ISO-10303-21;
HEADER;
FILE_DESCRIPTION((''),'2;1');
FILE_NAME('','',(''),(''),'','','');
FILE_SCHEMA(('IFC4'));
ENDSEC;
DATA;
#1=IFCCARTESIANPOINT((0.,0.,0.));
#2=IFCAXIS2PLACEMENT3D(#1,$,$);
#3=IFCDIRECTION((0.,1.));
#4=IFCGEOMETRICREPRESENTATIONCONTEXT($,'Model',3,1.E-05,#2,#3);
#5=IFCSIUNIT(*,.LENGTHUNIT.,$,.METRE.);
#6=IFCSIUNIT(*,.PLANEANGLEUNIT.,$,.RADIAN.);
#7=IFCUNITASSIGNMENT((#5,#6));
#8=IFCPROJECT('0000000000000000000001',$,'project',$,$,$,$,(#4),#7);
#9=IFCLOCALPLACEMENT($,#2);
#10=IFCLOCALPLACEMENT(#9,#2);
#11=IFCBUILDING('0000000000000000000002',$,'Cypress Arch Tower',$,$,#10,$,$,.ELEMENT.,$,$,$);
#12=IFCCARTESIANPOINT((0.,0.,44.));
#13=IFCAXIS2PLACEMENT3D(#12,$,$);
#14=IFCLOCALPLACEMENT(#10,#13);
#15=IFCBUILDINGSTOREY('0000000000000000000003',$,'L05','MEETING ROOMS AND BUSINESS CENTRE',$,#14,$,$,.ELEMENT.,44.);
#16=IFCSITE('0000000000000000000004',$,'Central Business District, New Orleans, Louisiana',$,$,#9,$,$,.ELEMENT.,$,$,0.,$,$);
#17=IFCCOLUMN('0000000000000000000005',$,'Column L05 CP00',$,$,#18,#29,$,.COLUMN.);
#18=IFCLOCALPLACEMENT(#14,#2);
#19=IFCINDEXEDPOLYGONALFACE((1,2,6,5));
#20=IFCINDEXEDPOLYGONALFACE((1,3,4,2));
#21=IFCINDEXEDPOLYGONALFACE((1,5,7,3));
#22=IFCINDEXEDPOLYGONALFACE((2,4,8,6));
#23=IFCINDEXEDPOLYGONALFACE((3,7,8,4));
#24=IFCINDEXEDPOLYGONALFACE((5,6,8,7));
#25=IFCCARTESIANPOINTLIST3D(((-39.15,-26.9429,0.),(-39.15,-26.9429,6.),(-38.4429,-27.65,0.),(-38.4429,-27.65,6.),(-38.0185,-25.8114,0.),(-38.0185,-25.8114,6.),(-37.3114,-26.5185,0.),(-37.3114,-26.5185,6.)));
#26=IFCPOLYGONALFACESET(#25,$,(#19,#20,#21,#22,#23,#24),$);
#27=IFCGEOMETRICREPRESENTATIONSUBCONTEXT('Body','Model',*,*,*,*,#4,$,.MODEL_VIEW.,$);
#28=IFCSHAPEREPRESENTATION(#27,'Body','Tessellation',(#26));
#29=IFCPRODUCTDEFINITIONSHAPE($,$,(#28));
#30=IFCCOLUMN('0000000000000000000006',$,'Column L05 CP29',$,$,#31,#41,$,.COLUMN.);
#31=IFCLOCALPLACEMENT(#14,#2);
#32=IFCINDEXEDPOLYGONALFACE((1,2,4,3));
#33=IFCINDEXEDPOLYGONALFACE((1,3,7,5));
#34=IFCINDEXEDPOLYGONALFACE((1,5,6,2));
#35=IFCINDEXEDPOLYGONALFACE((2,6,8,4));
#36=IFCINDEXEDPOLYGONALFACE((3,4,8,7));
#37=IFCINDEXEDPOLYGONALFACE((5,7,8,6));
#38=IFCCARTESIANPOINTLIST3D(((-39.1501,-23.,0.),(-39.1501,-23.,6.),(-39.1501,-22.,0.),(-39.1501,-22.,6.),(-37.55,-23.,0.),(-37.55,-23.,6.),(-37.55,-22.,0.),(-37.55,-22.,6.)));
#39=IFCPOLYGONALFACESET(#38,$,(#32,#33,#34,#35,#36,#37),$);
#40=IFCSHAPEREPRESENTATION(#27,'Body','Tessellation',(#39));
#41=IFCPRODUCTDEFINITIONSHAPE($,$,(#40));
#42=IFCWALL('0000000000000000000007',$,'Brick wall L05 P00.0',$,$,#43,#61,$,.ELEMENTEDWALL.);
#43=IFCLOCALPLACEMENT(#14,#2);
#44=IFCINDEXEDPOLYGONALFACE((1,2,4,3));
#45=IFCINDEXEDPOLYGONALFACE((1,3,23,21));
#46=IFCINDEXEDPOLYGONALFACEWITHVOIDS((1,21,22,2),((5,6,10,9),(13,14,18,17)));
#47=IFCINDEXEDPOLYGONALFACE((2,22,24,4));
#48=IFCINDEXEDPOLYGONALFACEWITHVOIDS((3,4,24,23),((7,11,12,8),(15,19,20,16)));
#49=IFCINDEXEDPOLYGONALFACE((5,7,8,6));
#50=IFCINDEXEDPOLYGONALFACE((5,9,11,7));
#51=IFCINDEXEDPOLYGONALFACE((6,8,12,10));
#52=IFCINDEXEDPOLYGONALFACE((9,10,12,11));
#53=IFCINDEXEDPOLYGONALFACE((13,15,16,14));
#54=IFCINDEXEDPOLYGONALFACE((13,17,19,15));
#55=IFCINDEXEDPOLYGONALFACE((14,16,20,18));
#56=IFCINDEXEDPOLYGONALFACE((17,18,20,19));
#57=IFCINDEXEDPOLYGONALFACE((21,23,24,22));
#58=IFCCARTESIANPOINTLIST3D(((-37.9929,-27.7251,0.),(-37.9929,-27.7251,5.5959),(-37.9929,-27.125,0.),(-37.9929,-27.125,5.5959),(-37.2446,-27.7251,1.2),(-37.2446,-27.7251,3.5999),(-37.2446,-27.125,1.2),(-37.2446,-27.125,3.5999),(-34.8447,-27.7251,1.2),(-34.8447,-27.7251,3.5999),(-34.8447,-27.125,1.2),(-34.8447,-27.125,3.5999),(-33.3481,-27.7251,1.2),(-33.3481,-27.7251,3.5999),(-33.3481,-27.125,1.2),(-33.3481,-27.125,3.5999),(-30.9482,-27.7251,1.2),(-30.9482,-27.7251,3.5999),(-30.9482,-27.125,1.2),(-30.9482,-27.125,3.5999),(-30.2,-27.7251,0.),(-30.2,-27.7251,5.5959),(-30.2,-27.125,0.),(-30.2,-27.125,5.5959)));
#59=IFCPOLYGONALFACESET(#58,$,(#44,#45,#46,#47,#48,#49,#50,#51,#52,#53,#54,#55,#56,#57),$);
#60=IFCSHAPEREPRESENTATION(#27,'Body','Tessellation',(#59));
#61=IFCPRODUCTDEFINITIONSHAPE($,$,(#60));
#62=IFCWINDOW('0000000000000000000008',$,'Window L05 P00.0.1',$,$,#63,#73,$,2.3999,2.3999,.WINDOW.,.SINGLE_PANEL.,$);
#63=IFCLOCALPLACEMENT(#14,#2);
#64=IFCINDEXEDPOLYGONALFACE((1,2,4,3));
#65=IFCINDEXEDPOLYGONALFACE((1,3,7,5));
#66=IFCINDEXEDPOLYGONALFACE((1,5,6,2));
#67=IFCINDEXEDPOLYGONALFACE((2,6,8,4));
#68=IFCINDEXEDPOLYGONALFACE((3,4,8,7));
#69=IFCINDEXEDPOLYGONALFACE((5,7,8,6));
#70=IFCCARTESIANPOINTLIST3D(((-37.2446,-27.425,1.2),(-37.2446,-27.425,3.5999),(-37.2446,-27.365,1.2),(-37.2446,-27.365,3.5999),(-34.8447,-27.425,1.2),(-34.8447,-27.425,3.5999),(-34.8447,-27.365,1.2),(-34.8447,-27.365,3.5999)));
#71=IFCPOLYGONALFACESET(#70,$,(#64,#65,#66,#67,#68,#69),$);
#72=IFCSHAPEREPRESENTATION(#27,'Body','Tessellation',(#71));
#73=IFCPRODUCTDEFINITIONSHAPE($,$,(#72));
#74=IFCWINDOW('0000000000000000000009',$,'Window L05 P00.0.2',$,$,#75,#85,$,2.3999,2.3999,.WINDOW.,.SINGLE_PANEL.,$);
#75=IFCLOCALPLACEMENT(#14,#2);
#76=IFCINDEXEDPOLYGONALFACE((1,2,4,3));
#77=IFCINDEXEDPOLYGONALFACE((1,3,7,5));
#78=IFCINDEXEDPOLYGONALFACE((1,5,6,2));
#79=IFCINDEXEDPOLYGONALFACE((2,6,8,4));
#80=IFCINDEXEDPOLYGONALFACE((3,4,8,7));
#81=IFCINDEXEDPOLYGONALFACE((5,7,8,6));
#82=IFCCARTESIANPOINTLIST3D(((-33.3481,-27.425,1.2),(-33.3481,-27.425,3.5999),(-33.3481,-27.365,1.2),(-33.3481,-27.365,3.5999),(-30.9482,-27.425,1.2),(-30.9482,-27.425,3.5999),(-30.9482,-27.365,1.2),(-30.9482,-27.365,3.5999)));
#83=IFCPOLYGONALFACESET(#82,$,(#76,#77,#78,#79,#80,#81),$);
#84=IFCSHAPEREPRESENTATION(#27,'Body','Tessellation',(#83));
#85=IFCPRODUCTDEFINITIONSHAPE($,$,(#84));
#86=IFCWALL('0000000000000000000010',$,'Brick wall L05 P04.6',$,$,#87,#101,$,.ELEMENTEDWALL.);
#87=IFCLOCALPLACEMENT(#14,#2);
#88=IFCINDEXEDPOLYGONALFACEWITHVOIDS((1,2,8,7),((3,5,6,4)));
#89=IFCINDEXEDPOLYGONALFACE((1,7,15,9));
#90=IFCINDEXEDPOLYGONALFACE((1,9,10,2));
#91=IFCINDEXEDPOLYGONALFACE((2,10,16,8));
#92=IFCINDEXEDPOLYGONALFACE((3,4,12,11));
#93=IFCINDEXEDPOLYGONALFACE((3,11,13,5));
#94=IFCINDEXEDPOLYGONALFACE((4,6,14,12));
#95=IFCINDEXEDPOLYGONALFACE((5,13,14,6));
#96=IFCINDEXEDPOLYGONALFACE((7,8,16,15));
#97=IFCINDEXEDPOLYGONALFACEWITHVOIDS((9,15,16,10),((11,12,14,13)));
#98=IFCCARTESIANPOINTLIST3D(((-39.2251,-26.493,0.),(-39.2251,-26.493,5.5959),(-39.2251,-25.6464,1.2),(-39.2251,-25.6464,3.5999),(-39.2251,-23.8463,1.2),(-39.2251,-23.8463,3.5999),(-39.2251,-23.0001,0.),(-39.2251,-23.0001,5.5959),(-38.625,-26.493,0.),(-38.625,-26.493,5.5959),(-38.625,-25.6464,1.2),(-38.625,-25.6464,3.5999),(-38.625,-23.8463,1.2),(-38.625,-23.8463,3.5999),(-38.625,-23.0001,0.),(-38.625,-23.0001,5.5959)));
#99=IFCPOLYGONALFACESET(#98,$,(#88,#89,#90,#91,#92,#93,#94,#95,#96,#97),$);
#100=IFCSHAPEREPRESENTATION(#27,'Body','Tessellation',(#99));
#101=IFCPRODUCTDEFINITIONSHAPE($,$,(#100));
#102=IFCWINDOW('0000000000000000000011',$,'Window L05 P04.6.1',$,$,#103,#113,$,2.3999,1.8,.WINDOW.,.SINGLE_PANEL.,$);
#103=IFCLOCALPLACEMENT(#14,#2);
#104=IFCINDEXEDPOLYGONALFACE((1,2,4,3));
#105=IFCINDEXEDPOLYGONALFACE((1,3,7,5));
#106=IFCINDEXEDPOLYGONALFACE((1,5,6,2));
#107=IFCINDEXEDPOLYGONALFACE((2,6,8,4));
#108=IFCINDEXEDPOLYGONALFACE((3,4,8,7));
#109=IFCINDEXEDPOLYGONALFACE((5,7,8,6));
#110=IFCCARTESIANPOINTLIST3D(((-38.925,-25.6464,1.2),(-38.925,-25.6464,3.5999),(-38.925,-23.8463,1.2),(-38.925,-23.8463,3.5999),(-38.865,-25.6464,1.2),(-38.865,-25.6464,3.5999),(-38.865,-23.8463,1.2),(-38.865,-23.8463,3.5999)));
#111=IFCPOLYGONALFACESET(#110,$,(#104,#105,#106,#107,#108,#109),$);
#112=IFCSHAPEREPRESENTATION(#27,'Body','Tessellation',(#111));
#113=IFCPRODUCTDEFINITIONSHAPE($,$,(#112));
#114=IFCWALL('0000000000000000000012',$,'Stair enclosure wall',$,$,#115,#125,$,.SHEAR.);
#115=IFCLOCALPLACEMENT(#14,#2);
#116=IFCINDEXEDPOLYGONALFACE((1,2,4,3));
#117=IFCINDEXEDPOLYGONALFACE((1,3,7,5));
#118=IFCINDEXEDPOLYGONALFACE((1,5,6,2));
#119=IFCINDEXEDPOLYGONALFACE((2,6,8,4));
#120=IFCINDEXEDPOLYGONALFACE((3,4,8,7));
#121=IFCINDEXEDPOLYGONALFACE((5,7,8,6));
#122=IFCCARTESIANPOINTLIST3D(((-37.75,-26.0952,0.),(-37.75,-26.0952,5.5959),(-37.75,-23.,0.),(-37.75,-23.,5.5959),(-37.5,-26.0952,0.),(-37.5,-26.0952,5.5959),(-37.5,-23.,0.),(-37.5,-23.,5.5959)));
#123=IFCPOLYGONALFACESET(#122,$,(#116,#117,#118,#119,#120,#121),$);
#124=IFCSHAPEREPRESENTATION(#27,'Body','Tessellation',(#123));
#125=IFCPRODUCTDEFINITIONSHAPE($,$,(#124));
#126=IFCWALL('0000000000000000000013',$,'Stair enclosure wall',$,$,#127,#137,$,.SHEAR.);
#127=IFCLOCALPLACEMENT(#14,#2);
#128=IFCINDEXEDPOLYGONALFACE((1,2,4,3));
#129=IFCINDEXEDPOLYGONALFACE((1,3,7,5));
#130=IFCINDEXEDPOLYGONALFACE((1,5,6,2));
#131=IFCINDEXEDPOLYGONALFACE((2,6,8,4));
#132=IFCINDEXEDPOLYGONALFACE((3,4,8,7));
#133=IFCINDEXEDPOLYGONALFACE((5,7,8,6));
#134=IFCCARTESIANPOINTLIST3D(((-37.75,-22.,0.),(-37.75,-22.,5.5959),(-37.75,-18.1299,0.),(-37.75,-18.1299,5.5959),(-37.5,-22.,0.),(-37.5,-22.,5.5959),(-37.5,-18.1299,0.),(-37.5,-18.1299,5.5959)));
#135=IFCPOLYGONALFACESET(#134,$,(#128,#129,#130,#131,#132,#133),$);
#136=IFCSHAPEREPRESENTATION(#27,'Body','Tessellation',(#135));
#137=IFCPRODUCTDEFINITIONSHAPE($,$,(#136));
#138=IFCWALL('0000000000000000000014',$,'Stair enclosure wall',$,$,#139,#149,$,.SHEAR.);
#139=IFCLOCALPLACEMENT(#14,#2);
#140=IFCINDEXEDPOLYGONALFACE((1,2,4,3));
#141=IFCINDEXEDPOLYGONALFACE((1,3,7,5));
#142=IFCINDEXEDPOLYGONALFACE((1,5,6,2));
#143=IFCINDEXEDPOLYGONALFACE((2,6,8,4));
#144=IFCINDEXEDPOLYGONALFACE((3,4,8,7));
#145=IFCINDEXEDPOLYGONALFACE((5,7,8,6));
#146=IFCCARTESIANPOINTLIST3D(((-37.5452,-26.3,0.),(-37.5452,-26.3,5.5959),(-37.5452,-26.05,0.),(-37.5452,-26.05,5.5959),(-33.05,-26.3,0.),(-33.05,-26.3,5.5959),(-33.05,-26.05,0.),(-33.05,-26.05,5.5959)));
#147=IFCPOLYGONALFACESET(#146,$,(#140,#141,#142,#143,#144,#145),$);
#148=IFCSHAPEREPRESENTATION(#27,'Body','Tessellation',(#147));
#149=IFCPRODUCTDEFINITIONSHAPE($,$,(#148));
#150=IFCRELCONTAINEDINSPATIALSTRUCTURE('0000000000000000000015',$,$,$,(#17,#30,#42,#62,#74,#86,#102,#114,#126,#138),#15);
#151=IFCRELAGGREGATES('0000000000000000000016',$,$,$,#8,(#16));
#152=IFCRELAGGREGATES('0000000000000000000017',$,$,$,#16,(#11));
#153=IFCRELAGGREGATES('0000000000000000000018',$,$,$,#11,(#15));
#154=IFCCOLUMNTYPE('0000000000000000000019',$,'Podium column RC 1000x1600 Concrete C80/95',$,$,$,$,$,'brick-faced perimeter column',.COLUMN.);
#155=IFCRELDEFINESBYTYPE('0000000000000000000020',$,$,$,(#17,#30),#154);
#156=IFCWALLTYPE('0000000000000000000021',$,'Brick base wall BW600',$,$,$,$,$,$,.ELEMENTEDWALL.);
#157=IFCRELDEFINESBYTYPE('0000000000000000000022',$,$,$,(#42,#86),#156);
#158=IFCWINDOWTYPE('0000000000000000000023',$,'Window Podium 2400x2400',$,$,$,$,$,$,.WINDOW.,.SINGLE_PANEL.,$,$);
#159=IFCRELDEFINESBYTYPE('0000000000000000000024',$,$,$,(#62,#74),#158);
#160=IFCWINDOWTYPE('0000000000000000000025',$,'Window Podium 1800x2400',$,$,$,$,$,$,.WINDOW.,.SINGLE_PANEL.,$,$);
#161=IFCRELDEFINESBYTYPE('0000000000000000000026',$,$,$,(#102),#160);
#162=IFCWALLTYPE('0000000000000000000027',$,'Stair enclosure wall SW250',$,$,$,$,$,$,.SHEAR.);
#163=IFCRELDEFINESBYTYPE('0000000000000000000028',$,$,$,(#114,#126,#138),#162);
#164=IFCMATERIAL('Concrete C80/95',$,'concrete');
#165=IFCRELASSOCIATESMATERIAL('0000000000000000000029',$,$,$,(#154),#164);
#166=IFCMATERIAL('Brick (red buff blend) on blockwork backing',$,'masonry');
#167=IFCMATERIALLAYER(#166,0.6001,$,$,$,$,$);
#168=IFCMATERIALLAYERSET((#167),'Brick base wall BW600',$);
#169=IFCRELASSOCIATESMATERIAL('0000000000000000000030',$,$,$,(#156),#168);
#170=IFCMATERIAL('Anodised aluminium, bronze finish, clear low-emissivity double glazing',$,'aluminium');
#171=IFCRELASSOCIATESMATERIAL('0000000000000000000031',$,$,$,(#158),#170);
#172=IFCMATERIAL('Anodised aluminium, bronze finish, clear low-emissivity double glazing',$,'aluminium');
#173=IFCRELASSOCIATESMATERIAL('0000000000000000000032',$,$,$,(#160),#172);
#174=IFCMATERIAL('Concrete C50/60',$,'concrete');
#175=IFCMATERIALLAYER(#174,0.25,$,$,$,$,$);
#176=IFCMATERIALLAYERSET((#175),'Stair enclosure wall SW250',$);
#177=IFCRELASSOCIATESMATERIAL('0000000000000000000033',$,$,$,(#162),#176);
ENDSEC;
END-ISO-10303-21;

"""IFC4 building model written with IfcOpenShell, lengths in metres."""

from ifc_helpers import new_model, si_unit, direction, frame, frame_2d, origin, origin_2d, place, context, subcontext, project, spatial, rectangle, extrude, material, layer, layer_set, material_profile, profile_set, type_object, element, fill, save


model = new_model("IFC4")

# Units and contexts
model_context = context("Model", 3, precision=1e-05, world=origin(), true_north=direction((0.0, 1.0)))
body_context = subcontext(model_context, "Body", "Model", "MODEL_VIEW")
ifc_project = project(units=[si_unit("LENGTHUNIT", "METRE"), si_unit("PLANEANGLEUNIT", "RADIAN")], contexts=[model_context])

# Site, building, storey
site_placement = place(None, origin())
site = spatial("IfcSite", under=ifc_project, at=site_placement, Name="Central Business District, New Orleans, Louisiana", CompositionType="ELEMENT", RefElevation=0.0)
building_placement = place(site_placement, origin())
building = spatial("IfcBuilding", under=site, at=building_placement, Name="Cypress Arch Tower", CompositionType="ELEMENT")
storey_placement = place(building_placement, frame((0.0, 0.0, 44.0)))
storey = spatial("IfcBuildingStorey", under=building, at=storey_placement, Name="L05", Description="MEETING ROOMS AND BUSINESS CENTRE", CompositionType="ELEMENT", Elevation=44.0)

# Columns
ifc_material_1 = material(Name="Concrete C80/95", Category="concrete")
ifc_material_profile = material_profile(ifc_material_1, rectangle(XDim=1.0, YDim=1.6001, at=origin_2d()), Name="RC 1000x1600")
ifc_profile_set = profile_set([ifc_material_profile], Name="Concrete C80/95")
column_type = type_object("IfcColumnType", Name="Podium column RC 1000x1600 Concrete C80/95", ElementType="brick-faced perimeter column", PredefinedType="COLUMN", material=ifc_profile_set)
for number, where, z_axis, x_axis, name in (
    (1, (-38.2307, -26.7307, 0.0), (0.0, 0.0, 1.0), (0.707107, -0.707107, 0.0), "Column L05 CP00"),
    (2, (-38.3501, -22.5, 0.0), (0.0, 0.0, 1.0), (0.0, -1.0, 0.0), "Column L05 CP29"),
):
    element("IfcColumn", number, at=place(storey_placement, frame(where, z_axis=z_axis, x_axis=x_axis)), inside=storey, type_object=column_type, Name=name, PredefinedType="COLUMN", context=body_context, shape_type="SweptSolid", body=[
        extrude(rectangle(XDim=1.0, YDim=1.6001, at=origin_2d()), origin(), (0.0, 0.0, 1.0), 6.0),
    ])

# Wall, openings, windows
ifc_material_2 = material(Name="Brick (red buff blend) on blockwork backing", Category="masonry")
ifc_layer_1 = layer(ifc_material_2, 0.6001)
ifc_layer_set_1 = layer_set([ifc_layer_1], Name="Brick base wall BW600")
wall_type_1 = type_object("IfcWallType", Name="Brick base wall BW600", PredefinedType="ELEMENTEDWALL", material=ifc_layer_set_1)
wall_1_placement = place(storey_placement, frame((-37.9929, -27.425, 0.0), z_axis=(0.0, 0.0, 1.0), x_axis=(1.0, 0.0, 0.0)))
wall_1 = element("IfcWall", 3, at=wall_1_placement, inside=storey, type_object=wall_type_1, Name="Brick wall L05 P00.0", PredefinedType="ELEMENTEDWALL", context=body_context, shape_type="SweptSolid", body=[
    extrude(rectangle(XDim=7.793, YDim=0.6001, at=frame_2d((3.8965, 0.0))), origin(), (0.0, 0.0, 1.0), 5.5959),
])
opening_1_placement = place(wall_1_placement, frame((0.7483, 0.0, 1.2)))
opening_1 = element("IfcOpeningElement", 4, at=opening_1_placement, cuts=wall_1, PredefinedType="OPENING", context=body_context, shape_type="SweptSolid", body=[
    extrude(rectangle(XDim=2.3999, YDim=2.3999, at=frame_2d((1.2, 1.2))), frame((0.0, 0.3101, 0.0), z_axis=(0.0, -1.0, 0.0), x_axis=(1.0, 0.0, 0.0)), (0.0, 0.0, 1.0), 0.6201),
])
opening_2_placement = place(wall_1_placement, frame((4.6448, 0.0, 1.2)))
opening_2 = element("IfcOpeningElement", 5, at=opening_2_placement, cuts=wall_1, PredefinedType="OPENING", context=body_context, shape_type="SweptSolid", body=[
    extrude(rectangle(XDim=2.3999, YDim=2.3999, at=frame_2d((1.2, 1.2))), frame((0.0, 0.3101, 0.0), z_axis=(0.0, -1.0, 0.0), x_axis=(1.0, 0.0, 0.0)), (0.0, 0.0, 1.0), 0.6201),
])
ifc_material_3 = material(Name="Anodised aluminium, bronze finish, clear low-emissivity double glazing", Category="aluminium")
window_type_1 = type_object("IfcWindowType", Name="Window Podium 2400x2400", PartitioningType="SINGLE_PANEL", PredefinedType="WINDOW", material=ifc_material_3)
window_1_placement = place(opening_1_placement, origin())
window_1 = element("IfcWindow", 6, at=window_1_placement, inside=storey, type_object=window_type_1, Name="Window L05 P00.0.1", OverallHeight=2.3999, OverallWidth=2.3999, PartitioningType="SINGLE_PANEL", PredefinedType="WINDOW", context=body_context, shape_type="SweptSolid", body=[
    extrude(rectangle(XDim=2.3999, YDim=2.3999, at=frame_2d((1.2, 1.2))), frame((0.0, 0.0601, 0.0), z_axis=(0.0, -1.0, 0.0), x_axis=(1.0, 0.0, 0.0)), (0.0, 0.0, 1.0), 0.0601),
])
fill(opening_1, window_1)
window_2_placement = place(opening_2_placement, origin())
window_2 = element("IfcWindow", 7, at=window_2_placement, inside=storey, type_object=window_type_1, Name="Window L05 P00.0.2", OverallHeight=2.3999, OverallWidth=2.3999, PartitioningType="SINGLE_PANEL", PredefinedType="WINDOW", context=body_context, shape_type="SweptSolid", body=[
    extrude(rectangle(XDim=2.3999, YDim=2.3999, at=frame_2d((1.2, 1.2))), frame((0.0, 0.0601, 0.0), z_axis=(0.0, -1.0, 0.0), x_axis=(1.0, 0.0, 0.0)), (0.0, 0.0, 1.0), 0.0601),
])
fill(opening_2, window_2)

# Wall, opening, window
wall_2_placement = place(storey_placement, frame((-38.925, -23.0, 0.0), z_axis=(0.0, 0.0, 1.0), x_axis=(0.0, -1.0, 0.0)))
wall_2 = element("IfcWall", 8, at=wall_2_placement, inside=storey, type_object=wall_type_1, Name="Brick wall L05 P04.6", PredefinedType="ELEMENTEDWALL", context=body_context, shape_type="SweptSolid", body=[
    extrude(rectangle(XDim=3.4929, YDim=0.6001, at=frame_2d((1.7466, 0.0))), origin(), (0.0, 0.0, 1.0), 5.5959),
])
opening_3_placement = place(wall_2_placement, frame((0.8464, 0.0, 1.2)))
opening_3 = element("IfcOpeningElement", 9, at=opening_3_placement, cuts=wall_2, PredefinedType="OPENING", context=body_context, shape_type="SweptSolid", body=[
    extrude(rectangle(XDim=1.8, YDim=2.3999, at=frame_2d((0.8999, 1.2))), frame((0.0, 0.3101, 0.0), z_axis=(0.0, -1.0, 0.0), x_axis=(1.0, 0.0, 0.0)), (0.0, 0.0, 1.0), 0.6201),
])
ifc_material_4 = material(Name="Anodised aluminium, bronze finish, clear low-emissivity double glazing", Category="aluminium")
window_type_2 = type_object("IfcWindowType", Name="Window Podium 1800x2400", PartitioningType="SINGLE_PANEL", PredefinedType="WINDOW", material=ifc_material_4)
window_3_placement = place(opening_3_placement, origin())
window_3 = element("IfcWindow", 10, at=window_3_placement, inside=storey, type_object=window_type_2, Name="Window L05 P04.6.1", OverallHeight=2.3999, OverallWidth=1.8, PartitioningType="SINGLE_PANEL", PredefinedType="WINDOW", context=body_context, shape_type="SweptSolid", body=[
    extrude(rectangle(XDim=1.8, YDim=2.3999, at=frame_2d((0.8999, 1.2))), frame((0.0, 0.0601, 0.0), z_axis=(0.0, -1.0, 0.0), x_axis=(1.0, 0.0, 0.0)), (0.0, 0.0, 1.0), 0.0601),
])
fill(opening_3, window_3)

# Walls
ifc_material_5 = material(Name="Concrete C50/60", Category="concrete")
ifc_layer_2 = layer(ifc_material_5, 0.25)
ifc_layer_set_2 = layer_set([ifc_layer_2], Name="Stair enclosure wall SW250")
wall_type_2 = type_object("IfcWallType", Name="Stair enclosure wall SW250", PredefinedType="SHEAR", material=ifc_layer_set_2)
wall_3_placement = place(storey_placement, frame((-37.625, -26.0952, 0.0), z_axis=(0.0, 0.0, 1.0), x_axis=(0.0, 1.0, 0.0)))
element("IfcWall", 11, at=wall_3_placement, inside=storey, type_object=wall_type_2, Name="Stair enclosure wall", PredefinedType="SHEAR", context=body_context, shape_type="SweptSolid", body=[
    extrude(rectangle(XDim=3.0952, YDim=0.25, at=frame_2d((1.5476, 0.0))), origin(), (0.0, 0.0, 1.0), 5.5959),
])
wall_4_placement = place(storey_placement, frame((-37.625, -22.0, 0.0), z_axis=(0.0, 0.0, 1.0), x_axis=(0.0, 1.0, 0.0)))
element("IfcWall", 12, at=wall_4_placement, inside=storey, type_object=wall_type_2, Name="Stair enclosure wall", PredefinedType="SHEAR", context=body_context, shape_type="SweptSolid", body=[
    extrude(rectangle(XDim=3.8701, YDim=0.25, at=frame_2d((1.9351, 0.0))), origin(), (0.0, 0.0, 1.0), 5.5959),
])
wall_5_placement = place(storey_placement, frame((-37.5452, -26.175, 0.0), z_axis=(0.0, 0.0, 1.0), x_axis=(1.0, 0.0, 0.0)))
element("IfcWall", 13, at=wall_5_placement, inside=storey, type_object=wall_type_2, Name="Stair enclosure wall", PredefinedType="SHEAR", context=body_context, shape_type="SweptSolid", body=[
    extrude(rectangle(XDim=4.4951, YDim=0.25, at=frame_2d((2.2476, 0.0))), origin(), (0.0, 0.0, 1.0), 5.5959),
])

save(model, "model.ifc")
